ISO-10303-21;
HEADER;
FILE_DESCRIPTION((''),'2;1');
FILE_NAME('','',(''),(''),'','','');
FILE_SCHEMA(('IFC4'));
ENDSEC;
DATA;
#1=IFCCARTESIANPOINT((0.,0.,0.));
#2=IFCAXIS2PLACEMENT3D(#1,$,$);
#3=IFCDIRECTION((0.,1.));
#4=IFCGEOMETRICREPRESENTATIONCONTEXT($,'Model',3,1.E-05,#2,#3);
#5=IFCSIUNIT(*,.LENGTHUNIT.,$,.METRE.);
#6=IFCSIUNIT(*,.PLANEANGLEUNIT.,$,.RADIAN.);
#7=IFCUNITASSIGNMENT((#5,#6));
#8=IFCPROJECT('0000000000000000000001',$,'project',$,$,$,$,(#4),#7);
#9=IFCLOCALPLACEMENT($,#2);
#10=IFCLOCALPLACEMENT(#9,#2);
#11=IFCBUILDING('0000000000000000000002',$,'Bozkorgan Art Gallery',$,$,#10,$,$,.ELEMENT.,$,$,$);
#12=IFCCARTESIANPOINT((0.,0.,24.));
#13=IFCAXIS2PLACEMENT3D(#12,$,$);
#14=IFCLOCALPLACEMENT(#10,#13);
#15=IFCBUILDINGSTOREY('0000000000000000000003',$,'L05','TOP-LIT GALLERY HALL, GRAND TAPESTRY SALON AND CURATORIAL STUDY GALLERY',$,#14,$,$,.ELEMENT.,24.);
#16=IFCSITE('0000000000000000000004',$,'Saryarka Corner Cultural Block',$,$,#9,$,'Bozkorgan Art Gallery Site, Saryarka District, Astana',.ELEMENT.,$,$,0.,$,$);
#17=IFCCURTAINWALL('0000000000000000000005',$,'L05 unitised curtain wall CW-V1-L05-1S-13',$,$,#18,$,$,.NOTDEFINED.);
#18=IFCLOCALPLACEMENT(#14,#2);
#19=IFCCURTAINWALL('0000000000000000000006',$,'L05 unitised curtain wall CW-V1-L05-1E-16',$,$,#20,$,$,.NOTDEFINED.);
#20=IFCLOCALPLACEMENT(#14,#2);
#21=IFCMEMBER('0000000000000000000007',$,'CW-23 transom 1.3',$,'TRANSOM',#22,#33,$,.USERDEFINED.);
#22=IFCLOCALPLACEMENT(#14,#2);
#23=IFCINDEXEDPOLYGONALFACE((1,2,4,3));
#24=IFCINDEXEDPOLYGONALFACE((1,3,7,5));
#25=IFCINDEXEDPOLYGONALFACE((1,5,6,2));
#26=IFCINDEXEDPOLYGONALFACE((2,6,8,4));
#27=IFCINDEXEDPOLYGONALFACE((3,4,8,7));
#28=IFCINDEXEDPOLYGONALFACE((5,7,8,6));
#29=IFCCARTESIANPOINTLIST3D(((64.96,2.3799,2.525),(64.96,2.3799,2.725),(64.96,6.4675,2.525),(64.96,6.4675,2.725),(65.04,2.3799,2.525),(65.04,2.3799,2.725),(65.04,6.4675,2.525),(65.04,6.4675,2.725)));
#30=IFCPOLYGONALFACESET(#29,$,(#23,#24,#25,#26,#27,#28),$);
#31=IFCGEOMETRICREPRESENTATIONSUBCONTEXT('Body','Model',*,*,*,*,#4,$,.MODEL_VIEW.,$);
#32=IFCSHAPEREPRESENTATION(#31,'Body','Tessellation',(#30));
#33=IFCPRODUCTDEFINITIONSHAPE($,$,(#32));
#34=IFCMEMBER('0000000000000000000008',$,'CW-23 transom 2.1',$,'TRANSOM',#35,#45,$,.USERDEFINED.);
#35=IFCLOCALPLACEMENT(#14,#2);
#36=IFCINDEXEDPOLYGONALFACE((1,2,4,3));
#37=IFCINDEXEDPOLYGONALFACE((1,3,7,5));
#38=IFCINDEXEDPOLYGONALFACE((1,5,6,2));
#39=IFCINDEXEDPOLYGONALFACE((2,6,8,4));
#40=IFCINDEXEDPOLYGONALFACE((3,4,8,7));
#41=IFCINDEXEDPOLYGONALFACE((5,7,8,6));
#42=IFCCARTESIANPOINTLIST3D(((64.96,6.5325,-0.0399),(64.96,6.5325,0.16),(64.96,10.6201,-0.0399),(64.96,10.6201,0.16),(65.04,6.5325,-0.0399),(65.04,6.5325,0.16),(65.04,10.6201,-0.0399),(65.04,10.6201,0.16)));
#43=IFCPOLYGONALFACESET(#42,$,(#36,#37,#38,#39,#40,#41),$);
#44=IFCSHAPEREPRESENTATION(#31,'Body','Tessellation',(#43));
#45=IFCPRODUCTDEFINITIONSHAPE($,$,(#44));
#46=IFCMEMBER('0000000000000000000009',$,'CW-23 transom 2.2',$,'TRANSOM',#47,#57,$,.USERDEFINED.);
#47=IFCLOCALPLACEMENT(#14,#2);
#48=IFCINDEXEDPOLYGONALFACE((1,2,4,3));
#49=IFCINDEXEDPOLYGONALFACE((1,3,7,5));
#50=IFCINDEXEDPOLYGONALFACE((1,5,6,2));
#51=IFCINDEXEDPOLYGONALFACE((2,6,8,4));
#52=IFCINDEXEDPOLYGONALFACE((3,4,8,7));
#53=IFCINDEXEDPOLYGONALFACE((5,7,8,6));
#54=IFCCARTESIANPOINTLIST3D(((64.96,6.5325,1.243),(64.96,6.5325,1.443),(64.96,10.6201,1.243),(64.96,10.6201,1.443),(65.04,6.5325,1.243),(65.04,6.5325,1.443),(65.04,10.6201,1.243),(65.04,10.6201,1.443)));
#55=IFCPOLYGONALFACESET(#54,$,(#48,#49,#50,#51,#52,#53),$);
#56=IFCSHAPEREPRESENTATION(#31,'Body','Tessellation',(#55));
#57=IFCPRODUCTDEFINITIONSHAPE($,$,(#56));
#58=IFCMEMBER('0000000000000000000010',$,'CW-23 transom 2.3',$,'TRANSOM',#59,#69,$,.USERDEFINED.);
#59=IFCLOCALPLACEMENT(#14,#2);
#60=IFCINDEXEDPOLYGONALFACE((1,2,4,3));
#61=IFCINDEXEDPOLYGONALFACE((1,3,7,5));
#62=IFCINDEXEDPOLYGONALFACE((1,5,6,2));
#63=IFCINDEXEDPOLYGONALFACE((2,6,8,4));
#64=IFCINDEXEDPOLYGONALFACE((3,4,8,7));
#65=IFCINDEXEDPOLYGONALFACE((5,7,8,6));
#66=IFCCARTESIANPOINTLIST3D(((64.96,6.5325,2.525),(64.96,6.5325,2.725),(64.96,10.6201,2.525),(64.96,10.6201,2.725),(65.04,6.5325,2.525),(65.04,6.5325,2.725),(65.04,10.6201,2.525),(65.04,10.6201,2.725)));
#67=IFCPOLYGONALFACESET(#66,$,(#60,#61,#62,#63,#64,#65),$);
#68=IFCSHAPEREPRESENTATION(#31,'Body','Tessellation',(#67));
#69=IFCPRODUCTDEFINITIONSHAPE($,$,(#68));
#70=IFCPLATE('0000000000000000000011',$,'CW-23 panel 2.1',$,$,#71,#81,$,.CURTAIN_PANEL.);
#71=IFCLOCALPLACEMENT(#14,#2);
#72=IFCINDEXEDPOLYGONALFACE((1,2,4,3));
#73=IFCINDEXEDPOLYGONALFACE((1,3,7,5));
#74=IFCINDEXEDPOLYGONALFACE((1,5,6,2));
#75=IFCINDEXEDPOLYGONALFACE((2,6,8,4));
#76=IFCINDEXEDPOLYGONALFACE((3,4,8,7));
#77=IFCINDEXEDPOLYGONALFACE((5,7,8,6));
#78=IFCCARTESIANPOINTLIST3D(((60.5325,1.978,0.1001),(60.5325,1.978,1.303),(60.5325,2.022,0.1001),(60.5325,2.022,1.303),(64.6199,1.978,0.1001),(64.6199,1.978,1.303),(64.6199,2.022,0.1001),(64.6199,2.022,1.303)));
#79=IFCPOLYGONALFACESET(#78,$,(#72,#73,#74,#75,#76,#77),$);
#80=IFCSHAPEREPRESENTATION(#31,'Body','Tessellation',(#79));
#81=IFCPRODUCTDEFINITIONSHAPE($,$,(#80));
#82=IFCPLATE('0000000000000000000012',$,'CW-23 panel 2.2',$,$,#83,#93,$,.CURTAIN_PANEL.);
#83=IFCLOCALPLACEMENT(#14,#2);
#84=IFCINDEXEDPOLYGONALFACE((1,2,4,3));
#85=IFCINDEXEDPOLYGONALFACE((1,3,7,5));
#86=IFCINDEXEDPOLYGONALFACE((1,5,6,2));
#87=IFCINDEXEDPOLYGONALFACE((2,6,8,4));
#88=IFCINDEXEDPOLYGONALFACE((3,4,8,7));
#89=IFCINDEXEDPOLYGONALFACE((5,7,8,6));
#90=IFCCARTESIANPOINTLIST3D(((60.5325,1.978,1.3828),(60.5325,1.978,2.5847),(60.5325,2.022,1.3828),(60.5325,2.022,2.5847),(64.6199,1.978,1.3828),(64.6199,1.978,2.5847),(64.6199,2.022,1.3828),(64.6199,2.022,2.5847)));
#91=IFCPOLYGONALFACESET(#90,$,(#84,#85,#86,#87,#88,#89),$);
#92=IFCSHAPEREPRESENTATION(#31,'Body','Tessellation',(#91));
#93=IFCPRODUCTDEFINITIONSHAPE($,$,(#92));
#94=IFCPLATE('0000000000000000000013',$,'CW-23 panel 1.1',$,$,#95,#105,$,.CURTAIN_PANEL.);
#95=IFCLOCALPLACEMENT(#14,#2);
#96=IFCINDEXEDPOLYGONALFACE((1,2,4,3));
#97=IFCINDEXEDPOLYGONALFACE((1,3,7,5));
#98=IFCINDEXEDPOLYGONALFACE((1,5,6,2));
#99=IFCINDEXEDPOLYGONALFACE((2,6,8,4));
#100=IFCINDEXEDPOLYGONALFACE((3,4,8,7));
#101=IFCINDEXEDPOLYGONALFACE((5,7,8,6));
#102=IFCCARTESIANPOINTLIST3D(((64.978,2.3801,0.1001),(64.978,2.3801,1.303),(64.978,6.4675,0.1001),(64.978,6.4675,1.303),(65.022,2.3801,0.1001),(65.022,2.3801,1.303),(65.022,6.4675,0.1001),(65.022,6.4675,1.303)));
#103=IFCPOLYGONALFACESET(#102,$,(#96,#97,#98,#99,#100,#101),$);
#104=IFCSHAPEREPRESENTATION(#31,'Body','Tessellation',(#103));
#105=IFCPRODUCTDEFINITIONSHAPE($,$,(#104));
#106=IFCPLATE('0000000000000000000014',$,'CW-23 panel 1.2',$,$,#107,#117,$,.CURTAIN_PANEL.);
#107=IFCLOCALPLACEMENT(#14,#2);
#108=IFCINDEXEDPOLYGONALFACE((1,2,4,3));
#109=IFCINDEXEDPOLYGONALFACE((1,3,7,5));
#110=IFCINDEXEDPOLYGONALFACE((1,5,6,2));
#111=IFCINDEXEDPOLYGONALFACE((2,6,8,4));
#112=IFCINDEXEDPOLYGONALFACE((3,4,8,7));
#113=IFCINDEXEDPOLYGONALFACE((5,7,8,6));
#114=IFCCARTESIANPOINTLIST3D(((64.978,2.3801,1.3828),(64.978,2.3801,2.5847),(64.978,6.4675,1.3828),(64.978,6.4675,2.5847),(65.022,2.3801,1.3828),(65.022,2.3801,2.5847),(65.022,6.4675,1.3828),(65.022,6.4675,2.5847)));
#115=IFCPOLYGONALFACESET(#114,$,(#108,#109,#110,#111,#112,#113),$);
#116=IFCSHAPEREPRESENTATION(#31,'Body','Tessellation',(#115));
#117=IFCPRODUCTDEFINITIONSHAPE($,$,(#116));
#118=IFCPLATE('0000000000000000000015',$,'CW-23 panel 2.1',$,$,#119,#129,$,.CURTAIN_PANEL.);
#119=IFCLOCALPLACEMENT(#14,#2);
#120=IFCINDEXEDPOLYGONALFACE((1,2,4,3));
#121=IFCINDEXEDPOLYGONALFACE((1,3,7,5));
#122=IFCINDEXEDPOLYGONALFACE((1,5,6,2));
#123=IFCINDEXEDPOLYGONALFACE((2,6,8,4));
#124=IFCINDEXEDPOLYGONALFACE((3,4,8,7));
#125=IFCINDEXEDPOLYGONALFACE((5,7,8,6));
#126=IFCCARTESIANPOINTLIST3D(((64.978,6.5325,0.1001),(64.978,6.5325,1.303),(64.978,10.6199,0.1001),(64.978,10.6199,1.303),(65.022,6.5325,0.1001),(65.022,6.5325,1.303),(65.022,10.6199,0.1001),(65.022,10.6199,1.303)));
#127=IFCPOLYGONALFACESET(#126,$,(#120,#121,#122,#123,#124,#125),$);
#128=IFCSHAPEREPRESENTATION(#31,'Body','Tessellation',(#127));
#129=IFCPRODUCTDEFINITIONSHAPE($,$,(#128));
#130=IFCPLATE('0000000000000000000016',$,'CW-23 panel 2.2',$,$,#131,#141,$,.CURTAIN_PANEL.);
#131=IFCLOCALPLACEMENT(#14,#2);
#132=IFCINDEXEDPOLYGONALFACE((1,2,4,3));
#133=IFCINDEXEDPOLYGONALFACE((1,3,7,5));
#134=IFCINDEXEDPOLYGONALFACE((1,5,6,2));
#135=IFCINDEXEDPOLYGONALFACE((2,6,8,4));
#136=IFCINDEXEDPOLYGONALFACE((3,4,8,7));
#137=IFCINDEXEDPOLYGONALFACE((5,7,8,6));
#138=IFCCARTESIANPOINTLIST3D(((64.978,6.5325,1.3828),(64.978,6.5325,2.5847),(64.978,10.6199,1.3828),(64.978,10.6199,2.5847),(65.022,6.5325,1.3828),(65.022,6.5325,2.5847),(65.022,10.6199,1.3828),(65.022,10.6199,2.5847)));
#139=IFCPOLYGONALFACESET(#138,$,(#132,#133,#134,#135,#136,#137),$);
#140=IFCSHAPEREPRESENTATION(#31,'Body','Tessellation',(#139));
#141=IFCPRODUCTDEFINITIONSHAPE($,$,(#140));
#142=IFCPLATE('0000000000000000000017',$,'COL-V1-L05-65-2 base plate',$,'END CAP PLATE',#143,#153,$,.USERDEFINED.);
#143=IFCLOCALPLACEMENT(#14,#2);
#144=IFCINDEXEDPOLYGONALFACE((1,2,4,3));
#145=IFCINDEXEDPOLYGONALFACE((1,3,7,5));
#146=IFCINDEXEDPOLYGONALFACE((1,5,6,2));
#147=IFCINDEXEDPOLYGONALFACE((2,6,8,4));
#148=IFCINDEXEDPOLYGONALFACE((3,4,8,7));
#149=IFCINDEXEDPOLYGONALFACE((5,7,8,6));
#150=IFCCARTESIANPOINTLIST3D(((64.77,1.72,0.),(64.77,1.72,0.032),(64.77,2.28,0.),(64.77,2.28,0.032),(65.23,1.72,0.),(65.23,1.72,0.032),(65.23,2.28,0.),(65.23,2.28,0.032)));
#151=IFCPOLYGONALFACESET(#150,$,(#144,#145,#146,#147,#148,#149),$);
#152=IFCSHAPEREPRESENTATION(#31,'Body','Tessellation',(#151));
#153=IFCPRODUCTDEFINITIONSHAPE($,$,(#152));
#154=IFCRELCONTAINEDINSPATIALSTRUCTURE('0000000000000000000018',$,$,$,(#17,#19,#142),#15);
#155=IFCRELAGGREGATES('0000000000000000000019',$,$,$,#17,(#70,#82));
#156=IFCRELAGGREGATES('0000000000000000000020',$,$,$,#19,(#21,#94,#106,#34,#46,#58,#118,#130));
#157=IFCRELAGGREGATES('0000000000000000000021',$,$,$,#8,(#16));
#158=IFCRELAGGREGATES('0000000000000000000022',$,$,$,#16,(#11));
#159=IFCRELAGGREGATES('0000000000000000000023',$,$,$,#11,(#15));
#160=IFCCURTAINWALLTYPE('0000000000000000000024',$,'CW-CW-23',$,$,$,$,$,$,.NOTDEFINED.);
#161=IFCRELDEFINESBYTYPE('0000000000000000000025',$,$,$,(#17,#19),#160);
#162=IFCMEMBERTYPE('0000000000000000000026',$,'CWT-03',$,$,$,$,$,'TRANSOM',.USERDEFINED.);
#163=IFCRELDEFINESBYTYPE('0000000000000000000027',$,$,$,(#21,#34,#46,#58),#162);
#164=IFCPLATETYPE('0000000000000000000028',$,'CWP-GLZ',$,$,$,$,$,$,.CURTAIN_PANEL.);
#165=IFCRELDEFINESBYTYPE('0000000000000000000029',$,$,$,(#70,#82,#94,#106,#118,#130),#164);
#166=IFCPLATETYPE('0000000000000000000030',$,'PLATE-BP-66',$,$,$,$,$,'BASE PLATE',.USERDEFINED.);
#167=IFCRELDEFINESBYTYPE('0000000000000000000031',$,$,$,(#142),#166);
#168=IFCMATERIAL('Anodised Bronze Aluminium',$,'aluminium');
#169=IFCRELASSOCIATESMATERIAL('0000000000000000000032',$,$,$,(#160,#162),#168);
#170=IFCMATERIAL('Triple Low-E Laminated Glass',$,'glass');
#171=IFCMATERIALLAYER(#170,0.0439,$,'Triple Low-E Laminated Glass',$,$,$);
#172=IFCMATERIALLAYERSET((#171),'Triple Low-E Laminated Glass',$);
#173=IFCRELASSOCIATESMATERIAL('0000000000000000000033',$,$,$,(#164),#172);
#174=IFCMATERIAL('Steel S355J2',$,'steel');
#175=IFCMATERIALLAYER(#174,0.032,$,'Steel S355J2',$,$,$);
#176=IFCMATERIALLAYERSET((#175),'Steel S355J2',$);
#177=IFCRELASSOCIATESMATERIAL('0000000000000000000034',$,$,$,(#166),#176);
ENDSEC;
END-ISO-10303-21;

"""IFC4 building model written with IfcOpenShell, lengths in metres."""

from ifc_helpers import new_model, si_unit, direction, frame, origin, origin_2d, place, context, subcontext, project, spatial, rectangle, extrude, material, layer, layer_set, material_profile, profile_set, type_object, element, aggregate, save


model = new_model("IFC4")

# Units and contexts
model_context = context("Model", 3, precision=1e-05, world=origin(), true_north=direction((0.0, 1.0)))
body_context = subcontext(model_context, "Body", "Model", "MODEL_VIEW")
ifc_project = project(units=[si_unit("LENGTHUNIT", "METRE"), si_unit("PLANEANGLEUNIT", "RADIAN")], contexts=[model_context])

# Site, building, storey
site_placement = place(None, origin())
site = spatial("IfcSite", under=ifc_project, at=site_placement, Name="Saryarka Corner Cultural Block", LongName="Bozkorgan Art Gallery Site, Saryarka District, Astana", CompositionType="ELEMENT", RefElevation=0.0)
building_placement = place(site_placement, origin())
building = spatial("IfcBuilding", under=site, at=building_placement, Name="Bozkorgan Art Gallery", CompositionType="ELEMENT")
storey_placement = place(building_placement, frame((0.0, 0.0, 24.0)))
storey = spatial("IfcBuildingStorey", under=building, at=storey_placement, Name="L05", Description="TOP-LIT GALLERY HALL, GRAND TAPESTRY SALON AND CURATORIAL STUDY GALLERY", CompositionType="ELEMENT", Elevation=24.0)

# Shared definitions
ifc_material_1 = material(Name="Steel S355J2", Category="steel")

# Curtain wall
ifc_material_2 = material(Name="Anodised Bronze Aluminium", Category="aluminium")
curtain_wall_type = type_object("IfcCurtainWallType", Name="CW-CW-23", PredefinedType="NOTDEFINED", material=ifc_material_2)
curtain_wall_1_placement = place(storey_placement, origin())
curtain_wall_1 = element("IfcCurtainWall", 1, at=curtain_wall_1_placement, inside=storey, type_object=curtain_wall_type, Name="L05 unitised curtain wall CW-V1-L05-1S-13", PredefinedType="NOTDEFINED")

# Curtain wall
curtain_wall_2_placement = place(storey_placement, origin())
curtain_wall_2 = element("IfcCurtainWall", 2, at=curtain_wall_2_placement, inside=storey, type_object=curtain_wall_type, Name="L05 unitised curtain wall CW-V1-L05-1E-16", PredefinedType="NOTDEFINED")

# Members
ifc_material_profile_1 = material_profile(ifc_material_2, rectangle(XDim=0.0801, YDim=0.2, at=origin_2d()), Name="ALU TRANSOM 80x200")
ifc_profile_set_1 = profile_set([ifc_material_profile_1], Name="Anodised Bronze Aluminium")
member_type_1 = type_object("IfcMemberType", Name="CWT-03", ElementType="TRANSOM", PredefinedType="USERDEFINED", material=ifc_profile_set_1)
member_1_placement = place(storey_placement, frame((65.0, 2.3799, 2.625), z_axis=(0.0, 1.0, 0.0), x_axis=(-1.0, 0.0, 0.0)))
member_1 = element("IfcMember", 3, at=member_1_placement, type_object=member_type_1, Name="CW-23 transom 1.3", ObjectType="TRANSOM", PredefinedType="USERDEFINED", context=body_context, shape_type="SweptSolid", body=[
    extrude(rectangle(XDim=0.0801, YDim=0.2, at=origin_2d()), origin(), (0.0, 0.0, 1.0), 4.0876),
])
member_2_placement = place(storey_placement, frame((65.0, 6.5325, 0.0601), z_axis=(0.0, 1.0, 0.0), x_axis=(-1.0, 0.0, 0.0)))
member_2 = element("IfcMember", 4, at=member_2_placement, type_object=member_type_1, Name="CW-23 transom 2.1", ObjectType="TRANSOM", PredefinedType="USERDEFINED", context=body_context, shape_type="SweptSolid", body=[
    extrude(rectangle(XDim=0.0801, YDim=0.2, at=origin_2d()), origin(), (0.0, 0.0, 1.0), 4.0876),
])
member_3_placement = place(storey_placement, frame((65.0, 6.5325, 1.343), z_axis=(0.0, 1.0, 0.0), x_axis=(-1.0, 0.0, 0.0)))
member_3 = element("IfcMember", 5, at=member_3_placement, type_object=member_type_1, Name="CW-23 transom 2.2", ObjectType="TRANSOM", PredefinedType="USERDEFINED", context=body_context, shape_type="SweptSolid", body=[
    extrude(rectangle(XDim=0.0801, YDim=0.2, at=origin_2d()), origin(), (0.0, 0.0, 1.0), 4.0876),
])
member_4_placement = place(storey_placement, frame((65.0, 6.5325, 2.625), z_axis=(0.0, 1.0, 0.0), x_axis=(-1.0, 0.0, 0.0)))
member_4 = element("IfcMember", 6, at=member_4_placement, type_object=member_type_1, Name="CW-23 transom 2.3", ObjectType="TRANSOM", PredefinedType="USERDEFINED", context=body_context, shape_type="SweptSolid", body=[
    extrude(rectangle(XDim=0.0801, YDim=0.2, at=origin_2d()), origin(), (0.0, 0.0, 1.0), 4.0876),
])

# Plates
ifc_material_3 = material(Name="Triple Low-E Laminated Glass", Category="glass")
ifc_layer_1 = layer(ifc_material_3, 0.0439, Name="Triple Low-E Laminated Glass")
ifc_layer_set_1 = layer_set([ifc_layer_1], Name="Triple Low-E Laminated Glass")
plate_type_1 = type_object("IfcPlateType", Name="CWP-GLZ", PredefinedType="CURTAIN_PANEL", material=ifc_layer_set_1)
plate_1_placement = place(storey_placement, frame((62.5762, 2.0, 0.1001), z_axis=(0.0, 0.0, 1.0), x_axis=(1.0, 0.0, 0.0)))
plate_1 = element("IfcPlate", 7, at=plate_1_placement, type_object=plate_type_1, Name="CW-23 panel 2.1", PredefinedType="CURTAIN_PANEL", context=body_context, shape_type="SweptSolid", body=[
    extrude(rectangle(XDim=4.0874, YDim=0.0439, at=origin_2d()), origin(), (0.0, 0.0, 1.0), 1.2029),
])
plate_2_placement = place(storey_placement, frame((62.5762, 2.0, 1.3828), z_axis=(0.0, 0.0, 1.0), x_axis=(1.0, 0.0, 0.0)))
plate_2 = element("IfcPlate", 8, at=plate_2_placement, type_object=plate_type_1, Name="CW-23 panel 2.2", PredefinedType="CURTAIN_PANEL", context=body_context, shape_type="SweptSolid", body=[
    extrude(rectangle(XDim=4.0874, YDim=0.0439, at=origin_2d()), origin(), (0.0, 0.0, 1.0), 1.2019),
])
aggregate(curtain_wall_1, [plate_1, plate_2])
plate_3_placement = place(storey_placement, frame((65.0, 4.4238, 0.1001), z_axis=(0.0, 0.0, 1.0), x_axis=(0.0, 1.0, 0.0)))
plate_3 = element("IfcPlate", 9, at=plate_3_placement, type_object=plate_type_1, Name="CW-23 panel 1.1", PredefinedType="CURTAIN_PANEL", context=body_context, shape_type="SweptSolid", body=[
    extrude(rectangle(XDim=4.0874, YDim=0.0439, at=origin_2d()), origin(), (0.0, 0.0, 1.0), 1.2029),
])
plate_4_placement = place(storey_placement, frame((65.0, 4.4238, 1.3828), z_axis=(0.0, 0.0, 1.0), x_axis=(0.0, 1.0, 0.0)))
plate_4 = element("IfcPlate", 10, at=plate_4_placement, type_object=plate_type_1, Name="CW-23 panel 1.2", PredefinedType="CURTAIN_PANEL", context=body_context, shape_type="SweptSolid", body=[
    extrude(rectangle(XDim=4.0874, YDim=0.0439, at=origin_2d()), origin(), (0.0, 0.0, 1.0), 1.2019),
])
plate_5_placement = place(storey_placement, frame((65.0, 8.5762, 0.1001), z_axis=(0.0, 0.0, 1.0), x_axis=(0.0, 1.0, 0.0)))
plate_5 = element("IfcPlate", 11, at=plate_5_placement, type_object=plate_type_1, Name="CW-23 panel 2.1", PredefinedType="CURTAIN_PANEL", context=body_context, shape_type="SweptSolid", body=[
    extrude(rectangle(XDim=4.0874, YDim=0.0439, at=origin_2d()), origin(), (0.0, 0.0, 1.0), 1.2029),
])
plate_6_placement = place(storey_placement, frame((65.0, 8.5762, 1.3828), z_axis=(0.0, 0.0, 1.0), x_axis=(0.0, 1.0, 0.0)))
plate_6 = element("IfcPlate", 12, at=plate_6_placement, type_object=plate_type_1, Name="CW-23 panel 2.2", PredefinedType="CURTAIN_PANEL", context=body_context, shape_type="SweptSolid", body=[
    extrude(rectangle(XDim=4.0874, YDim=0.0439, at=origin_2d()), origin(), (0.0, 0.0, 1.0), 1.2019),
])
aggregate(curtain_wall_2, [member_1, plate_3, plate_4, member_2, member_3, member_4, plate_5, plate_6])
ifc_layer_2 = layer(ifc_material_1, 0.032, Name="Steel S355J2")
ifc_layer_set_2 = layer_set([ifc_layer_2], Name="Steel S355J2")
plate_type_2 = type_object("IfcPlateType", Name="PLATE-BP-66", ElementType="BASE PLATE", PredefinedType="USERDEFINED", material=ifc_layer_set_2)
plate_7_placement = place(storey_placement, frame((65.0, 2.0, 0.0), z_axis=(0.0, 0.0, 1.0), x_axis=(1.0, 0.0, 0.0)))
element("IfcPlate", 13, at=plate_7_placement, inside=storey, type_object=plate_type_2, Name="COL-V1-L05-65-2 base plate", ObjectType="END CAP PLATE", PredefinedType="USERDEFINED", context=body_context, shape_type="SweptSolid", body=[
    extrude(rectangle(XDim=0.46, YDim=0.5601, at=origin_2d()), origin(), (0.0, 0.0, 1.0), 0.032),
])

save(model, "model.ifc")
